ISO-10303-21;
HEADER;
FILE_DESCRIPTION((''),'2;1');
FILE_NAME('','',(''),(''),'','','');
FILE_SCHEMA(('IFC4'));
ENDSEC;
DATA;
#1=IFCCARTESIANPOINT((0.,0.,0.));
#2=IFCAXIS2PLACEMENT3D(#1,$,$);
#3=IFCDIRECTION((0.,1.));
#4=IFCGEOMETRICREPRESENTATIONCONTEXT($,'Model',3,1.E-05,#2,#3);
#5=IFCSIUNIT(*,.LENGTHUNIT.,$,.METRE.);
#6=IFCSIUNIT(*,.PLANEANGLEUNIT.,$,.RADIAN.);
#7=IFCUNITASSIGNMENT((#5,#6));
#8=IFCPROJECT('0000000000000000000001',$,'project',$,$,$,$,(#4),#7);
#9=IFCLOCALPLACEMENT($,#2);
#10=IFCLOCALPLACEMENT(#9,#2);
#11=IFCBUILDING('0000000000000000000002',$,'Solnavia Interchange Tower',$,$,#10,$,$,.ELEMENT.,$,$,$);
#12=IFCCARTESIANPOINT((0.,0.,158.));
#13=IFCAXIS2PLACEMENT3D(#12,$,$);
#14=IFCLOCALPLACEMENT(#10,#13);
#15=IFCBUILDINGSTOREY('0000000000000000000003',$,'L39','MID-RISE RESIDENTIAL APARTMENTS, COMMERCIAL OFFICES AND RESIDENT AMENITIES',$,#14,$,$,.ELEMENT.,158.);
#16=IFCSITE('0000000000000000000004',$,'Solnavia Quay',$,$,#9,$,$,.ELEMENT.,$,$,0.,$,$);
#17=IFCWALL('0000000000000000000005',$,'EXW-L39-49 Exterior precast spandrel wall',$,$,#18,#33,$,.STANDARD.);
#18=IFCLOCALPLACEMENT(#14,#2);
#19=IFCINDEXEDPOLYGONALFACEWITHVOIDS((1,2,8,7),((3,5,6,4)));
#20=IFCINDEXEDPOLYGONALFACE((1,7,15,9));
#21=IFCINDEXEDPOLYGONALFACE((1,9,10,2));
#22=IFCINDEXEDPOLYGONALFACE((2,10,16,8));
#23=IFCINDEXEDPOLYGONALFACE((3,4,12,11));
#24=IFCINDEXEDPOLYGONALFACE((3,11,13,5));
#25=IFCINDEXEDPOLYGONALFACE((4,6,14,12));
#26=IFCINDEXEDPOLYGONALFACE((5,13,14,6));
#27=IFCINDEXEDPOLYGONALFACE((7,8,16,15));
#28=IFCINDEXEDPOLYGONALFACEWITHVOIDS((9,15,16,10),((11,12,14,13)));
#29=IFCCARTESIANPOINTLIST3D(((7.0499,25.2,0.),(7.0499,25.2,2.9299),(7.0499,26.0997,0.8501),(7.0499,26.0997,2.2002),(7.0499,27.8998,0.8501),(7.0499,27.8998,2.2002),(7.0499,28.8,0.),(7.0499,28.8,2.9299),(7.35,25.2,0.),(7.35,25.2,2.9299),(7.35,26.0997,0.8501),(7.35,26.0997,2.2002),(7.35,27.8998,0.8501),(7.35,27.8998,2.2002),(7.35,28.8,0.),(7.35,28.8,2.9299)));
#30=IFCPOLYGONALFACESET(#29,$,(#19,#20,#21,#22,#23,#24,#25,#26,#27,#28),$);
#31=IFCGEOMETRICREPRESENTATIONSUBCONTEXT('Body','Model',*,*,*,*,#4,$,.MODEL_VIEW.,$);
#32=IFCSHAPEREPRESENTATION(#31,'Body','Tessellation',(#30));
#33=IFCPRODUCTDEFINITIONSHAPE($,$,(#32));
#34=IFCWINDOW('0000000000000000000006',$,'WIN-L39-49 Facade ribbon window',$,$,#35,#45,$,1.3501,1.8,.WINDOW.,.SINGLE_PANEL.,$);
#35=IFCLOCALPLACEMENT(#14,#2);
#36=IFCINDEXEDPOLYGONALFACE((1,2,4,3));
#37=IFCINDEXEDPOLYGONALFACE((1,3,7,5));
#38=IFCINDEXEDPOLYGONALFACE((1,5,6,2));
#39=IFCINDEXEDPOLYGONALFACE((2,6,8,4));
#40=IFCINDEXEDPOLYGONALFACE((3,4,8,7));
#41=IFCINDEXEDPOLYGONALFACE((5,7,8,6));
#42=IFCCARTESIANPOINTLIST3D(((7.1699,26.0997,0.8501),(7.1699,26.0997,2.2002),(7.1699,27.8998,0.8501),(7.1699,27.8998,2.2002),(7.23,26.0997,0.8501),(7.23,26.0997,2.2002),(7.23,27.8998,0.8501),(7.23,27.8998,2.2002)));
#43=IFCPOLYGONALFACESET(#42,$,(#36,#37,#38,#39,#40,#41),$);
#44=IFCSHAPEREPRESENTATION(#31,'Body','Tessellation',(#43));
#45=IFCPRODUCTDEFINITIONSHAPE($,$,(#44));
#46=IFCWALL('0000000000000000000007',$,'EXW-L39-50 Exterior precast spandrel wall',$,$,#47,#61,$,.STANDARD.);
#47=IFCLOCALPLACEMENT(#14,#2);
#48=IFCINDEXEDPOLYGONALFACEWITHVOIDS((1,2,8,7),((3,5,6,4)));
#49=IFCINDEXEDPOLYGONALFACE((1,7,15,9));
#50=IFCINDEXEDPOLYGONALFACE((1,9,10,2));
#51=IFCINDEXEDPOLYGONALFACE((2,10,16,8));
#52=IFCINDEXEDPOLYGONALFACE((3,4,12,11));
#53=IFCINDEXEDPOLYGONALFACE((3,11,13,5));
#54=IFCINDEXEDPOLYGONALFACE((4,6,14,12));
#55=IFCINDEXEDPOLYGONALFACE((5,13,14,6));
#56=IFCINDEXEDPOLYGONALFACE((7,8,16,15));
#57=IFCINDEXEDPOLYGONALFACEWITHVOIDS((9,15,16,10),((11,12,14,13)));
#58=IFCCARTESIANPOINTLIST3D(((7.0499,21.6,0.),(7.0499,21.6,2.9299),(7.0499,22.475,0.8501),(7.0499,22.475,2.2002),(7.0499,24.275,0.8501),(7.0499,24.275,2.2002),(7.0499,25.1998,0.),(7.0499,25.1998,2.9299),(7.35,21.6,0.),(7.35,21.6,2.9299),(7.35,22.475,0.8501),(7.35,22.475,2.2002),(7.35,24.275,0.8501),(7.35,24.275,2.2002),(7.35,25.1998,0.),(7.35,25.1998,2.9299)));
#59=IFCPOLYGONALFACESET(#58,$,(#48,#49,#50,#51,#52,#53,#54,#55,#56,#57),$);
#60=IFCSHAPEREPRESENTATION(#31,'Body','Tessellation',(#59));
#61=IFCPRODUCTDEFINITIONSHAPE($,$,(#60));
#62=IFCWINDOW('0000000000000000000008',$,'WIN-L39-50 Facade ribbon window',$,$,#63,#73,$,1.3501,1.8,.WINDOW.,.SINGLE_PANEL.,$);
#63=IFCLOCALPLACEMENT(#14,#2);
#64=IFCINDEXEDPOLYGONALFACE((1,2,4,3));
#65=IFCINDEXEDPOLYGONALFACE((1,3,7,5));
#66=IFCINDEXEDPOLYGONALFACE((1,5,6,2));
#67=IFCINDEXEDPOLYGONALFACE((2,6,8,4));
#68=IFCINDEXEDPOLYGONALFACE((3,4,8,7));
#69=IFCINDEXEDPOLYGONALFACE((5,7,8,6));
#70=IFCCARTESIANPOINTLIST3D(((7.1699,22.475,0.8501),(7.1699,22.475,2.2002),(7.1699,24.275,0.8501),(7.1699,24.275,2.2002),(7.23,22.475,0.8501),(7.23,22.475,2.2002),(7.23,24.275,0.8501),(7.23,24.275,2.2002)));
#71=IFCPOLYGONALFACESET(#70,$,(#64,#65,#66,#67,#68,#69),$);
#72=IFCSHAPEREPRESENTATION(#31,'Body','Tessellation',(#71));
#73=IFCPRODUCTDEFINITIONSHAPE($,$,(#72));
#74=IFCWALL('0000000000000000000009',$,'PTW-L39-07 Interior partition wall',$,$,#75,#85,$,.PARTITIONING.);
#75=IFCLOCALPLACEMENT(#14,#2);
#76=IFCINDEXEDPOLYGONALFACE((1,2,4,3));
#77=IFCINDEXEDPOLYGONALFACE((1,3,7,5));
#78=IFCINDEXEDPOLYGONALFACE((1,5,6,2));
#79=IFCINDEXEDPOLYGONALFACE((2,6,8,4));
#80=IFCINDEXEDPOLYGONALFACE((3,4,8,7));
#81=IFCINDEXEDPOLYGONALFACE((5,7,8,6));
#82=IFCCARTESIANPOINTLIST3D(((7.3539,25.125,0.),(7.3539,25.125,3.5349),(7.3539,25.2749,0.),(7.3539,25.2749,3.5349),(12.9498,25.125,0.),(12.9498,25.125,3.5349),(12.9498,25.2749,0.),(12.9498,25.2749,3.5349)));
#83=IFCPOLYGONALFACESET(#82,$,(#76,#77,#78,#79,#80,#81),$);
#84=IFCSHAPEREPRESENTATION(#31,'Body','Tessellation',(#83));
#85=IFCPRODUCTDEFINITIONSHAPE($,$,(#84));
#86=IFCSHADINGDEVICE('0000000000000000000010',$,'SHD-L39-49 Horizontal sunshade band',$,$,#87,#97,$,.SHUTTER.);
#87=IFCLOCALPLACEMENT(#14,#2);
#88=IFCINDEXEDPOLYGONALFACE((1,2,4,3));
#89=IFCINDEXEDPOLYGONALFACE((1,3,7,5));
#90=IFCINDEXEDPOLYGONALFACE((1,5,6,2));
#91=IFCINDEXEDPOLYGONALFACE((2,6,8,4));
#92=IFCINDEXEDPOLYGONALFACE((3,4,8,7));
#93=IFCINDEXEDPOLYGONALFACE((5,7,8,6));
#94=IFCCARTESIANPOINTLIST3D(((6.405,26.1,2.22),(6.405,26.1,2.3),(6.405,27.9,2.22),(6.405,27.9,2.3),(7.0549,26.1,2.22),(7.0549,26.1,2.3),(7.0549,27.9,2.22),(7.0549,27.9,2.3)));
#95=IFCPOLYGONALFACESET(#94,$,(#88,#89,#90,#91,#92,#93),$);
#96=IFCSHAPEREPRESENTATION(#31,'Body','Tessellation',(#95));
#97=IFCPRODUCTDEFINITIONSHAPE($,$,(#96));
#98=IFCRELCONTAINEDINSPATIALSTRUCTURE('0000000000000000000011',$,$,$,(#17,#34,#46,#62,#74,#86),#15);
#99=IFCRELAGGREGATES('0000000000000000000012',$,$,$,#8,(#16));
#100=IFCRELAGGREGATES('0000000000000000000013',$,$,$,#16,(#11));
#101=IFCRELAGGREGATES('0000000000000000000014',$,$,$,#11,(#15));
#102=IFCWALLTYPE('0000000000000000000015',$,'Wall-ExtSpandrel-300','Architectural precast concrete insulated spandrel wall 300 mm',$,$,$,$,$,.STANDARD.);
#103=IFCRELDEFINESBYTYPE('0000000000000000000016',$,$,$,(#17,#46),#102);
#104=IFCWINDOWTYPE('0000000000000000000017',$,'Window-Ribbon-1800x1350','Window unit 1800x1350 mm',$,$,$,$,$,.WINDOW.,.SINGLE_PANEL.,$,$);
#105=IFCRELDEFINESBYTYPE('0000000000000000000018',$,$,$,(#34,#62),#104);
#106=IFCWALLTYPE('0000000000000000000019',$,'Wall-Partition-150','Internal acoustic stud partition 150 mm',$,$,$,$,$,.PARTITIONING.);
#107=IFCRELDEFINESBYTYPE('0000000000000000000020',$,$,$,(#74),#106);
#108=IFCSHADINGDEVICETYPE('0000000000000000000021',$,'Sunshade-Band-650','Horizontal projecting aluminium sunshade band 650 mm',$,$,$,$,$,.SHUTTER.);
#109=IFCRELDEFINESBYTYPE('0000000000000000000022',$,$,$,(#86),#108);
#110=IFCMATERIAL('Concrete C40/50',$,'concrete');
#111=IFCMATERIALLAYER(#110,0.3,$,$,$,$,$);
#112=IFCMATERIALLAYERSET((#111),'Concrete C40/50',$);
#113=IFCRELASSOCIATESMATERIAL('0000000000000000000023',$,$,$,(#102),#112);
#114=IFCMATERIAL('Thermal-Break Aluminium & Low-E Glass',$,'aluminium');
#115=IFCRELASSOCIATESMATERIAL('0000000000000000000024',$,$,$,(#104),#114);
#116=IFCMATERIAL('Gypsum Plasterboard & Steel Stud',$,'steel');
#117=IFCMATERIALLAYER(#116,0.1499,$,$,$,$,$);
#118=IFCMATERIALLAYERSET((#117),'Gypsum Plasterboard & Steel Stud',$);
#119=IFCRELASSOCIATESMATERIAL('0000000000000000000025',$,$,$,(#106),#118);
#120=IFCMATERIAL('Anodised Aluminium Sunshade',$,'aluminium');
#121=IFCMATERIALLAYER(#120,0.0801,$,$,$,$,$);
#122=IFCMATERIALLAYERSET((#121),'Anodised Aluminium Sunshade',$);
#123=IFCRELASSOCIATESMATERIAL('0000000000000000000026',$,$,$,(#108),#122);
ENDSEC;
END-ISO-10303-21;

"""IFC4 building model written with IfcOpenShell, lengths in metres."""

from ifc_helpers import new_model, si_unit, direction, frame, frame_2d, origin, origin_2d, place, context, subcontext, project, spatial, rectangle, extrude, material, layer, layer_set, type_object, element, fill, save


model = new_model("IFC4")

# Units and contexts
model_context = context("Model", 3, precision=1e-05, world=origin(), true_north=direction((0.0, 1.0)))
body_context = subcontext(model_context, "Body", "Model", "MODEL_VIEW")
ifc_project = project(units=[si_unit("LENGTHUNIT", "METRE"), si_unit("PLANEANGLEUNIT", "RADIAN")], contexts=[model_context])

# Site, building, storey
site_placement = place(None, origin())
site = spatial("IfcSite", under=ifc_project, at=site_placement, Name="Solnavia Quay", CompositionType="ELEMENT", RefElevation=0.0)
building_placement = place(site_placement, origin())
building = spatial("IfcBuilding", under=site, at=building_placement, Name="Solnavia Interchange Tower", CompositionType="ELEMENT")
storey_placement = place(building_placement, frame((0.0, 0.0, 158.0)))
storey = spatial("IfcBuildingStorey", under=building, at=storey_placement, Name="L39", Description="MID-RISE RESIDENTIAL APARTMENTS, COMMERCIAL OFFICES AND RESIDENT AMENITIES", CompositionType="ELEMENT", Elevation=158.0)

# Shared definitions
ifc_material_1 = material(Name="Concrete C40/50", Category="concrete")
ifc_layer_1 = layer(ifc_material_1, 0.3)
ifc_layer_set_1 = layer_set([ifc_layer_1], Name="Concrete C40/50")
wall_type_1 = type_object("IfcWallType", Name="Wall-ExtSpandrel-300", Description="Architectural precast concrete insulated spandrel wall 300 mm", PredefinedType="STANDARD", material=ifc_layer_set_1)

# Walls, openings, windows
wall_1_placement = place(storey_placement, frame((7.2, 25.2, 0.0), z_axis=(0.0, 0.0, 1.0), x_axis=(0.0, 1.0, 0.0)))
wall_1 = element("IfcWall", 1, at=wall_1_placement, inside=storey, type_object=wall_type_1, Name="EXW-L39-49 Exterior precast spandrel wall", PredefinedType="STANDARD", context=body_context, shape_type="SweptSolid", body=[
    extrude(rectangle(XDim=3.6001, YDim=0.3, at=frame_2d((1.8, 0.0))), origin(), (0.0, 0.0, 1.0), 2.9299),
])
opening_1_placement = place(wall_1_placement, frame((0.8999, 0.0, 0.8501)))
opening_1 = element("IfcOpeningElement", 2, at=opening_1_placement, cuts=wall_1, PredefinedType="OPENING", context=body_context, shape_type="SweptSolid", body=[
    extrude(rectangle(XDim=1.8, YDim=1.3501, at=frame_2d((0.8999, 0.675))), frame((0.0, 0.1602, 0.0), z_axis=(0.0, -1.0, 0.0), x_axis=(1.0, 0.0, 0.0)), (0.0, 0.0, 1.0), 0.3201),
])
ifc_material_2 = material(Name="Thermal-Break Aluminium & Low-E Glass", Category="aluminium")
window_type = type_object("IfcWindowType", Name="Window-Ribbon-1800x1350", Description="Window unit 1800x1350 mm", PartitioningType="SINGLE_PANEL", PredefinedType="WINDOW", material=ifc_material_2)
window_1_placement = place(opening_1_placement, origin())
window_1 = element("IfcWindow", 3, at=window_1_placement, inside=storey, type_object=window_type, Name="WIN-L39-49 Facade ribbon window", OverallHeight=1.3501, OverallWidth=1.8, PartitioningType="SINGLE_PANEL", PredefinedType="WINDOW", context=body_context, shape_type="SweptSolid", body=[
    extrude(rectangle(XDim=1.8, YDim=1.3501, at=frame_2d((0.8999, 0.675))), frame((0.0, 0.03, 0.0), z_axis=(0.0, -1.0, 0.0), x_axis=(1.0, 0.0, 0.0)), (0.0, 0.0, 1.0), 0.0601),
])
fill(opening_1, window_1)
wall_2_placement = place(storey_placement, frame((7.2, 21.6001, 0.0), z_axis=(0.0, 0.0, 1.0), x_axis=(0.0, 1.0, 0.0)))
wall_2 = element("IfcWall", 4, at=wall_2_placement, inside=storey, type_object=wall_type_1, Name="EXW-L39-50 Exterior precast spandrel wall", PredefinedType="STANDARD", context=body_context, shape_type="SweptSolid", body=[
    extrude(rectangle(XDim=3.5999, YDim=0.3, at=frame_2d((1.7998, 0.0))), origin(), (0.0, 0.0, 1.0), 2.9299),
])
opening_2_placement = place(wall_2_placement, frame((0.875, 0.0, 0.8501)))
opening_2 = element("IfcOpeningElement", 5, at=opening_2_placement, cuts=wall_2, PredefinedType="OPENING", context=body_context, shape_type="SweptSolid", body=[
    extrude(rectangle(XDim=1.8, YDim=1.3501, at=frame_2d((0.8999, 0.675))), frame((0.0, 0.1602, 0.0), z_axis=(0.0, -1.0, 0.0), x_axis=(1.0, 0.0, 0.0)), (0.0, 0.0, 1.0), 0.3201),
])
window_2_placement = place(opening_2_placement, origin())
window_2 = element("IfcWindow", 6, at=window_2_placement, inside=storey, type_object=window_type, Name="WIN-L39-50 Facade ribbon window", OverallHeight=1.3501, OverallWidth=1.8, PartitioningType="SINGLE_PANEL", PredefinedType="WINDOW", context=body_context, shape_type="SweptSolid", body=[
    extrude(rectangle(XDim=1.8, YDim=1.3501, at=frame_2d((0.8999, 0.675))), frame((0.0, 0.03, 0.0), z_axis=(0.0, -1.0, 0.0), x_axis=(1.0, 0.0, 0.0)), (0.0, 0.0, 1.0), 0.0601),
])
fill(opening_2, window_2)

# Wall
ifc_material_3 = material(Name="Gypsum Plasterboard & Steel Stud", Category="steel")
ifc_layer_2 = layer(ifc_material_3, 0.1499)
ifc_layer_set_2 = layer_set([ifc_layer_2], Name="Gypsum Plasterboard & Steel Stud")
wall_type_2 = type_object("IfcWallType", Name="Wall-Partition-150", Description="Internal acoustic stud partition 150 mm", PredefinedType="PARTITIONING", material=ifc_layer_set_2)
wall_3_placement = place(storey_placement, frame((7.354, 25.2, 0.0), z_axis=(0.0, 0.0, 1.0), x_axis=(1.0, 0.0, 0.0)))
element("IfcWall", 7, at=wall_3_placement, inside=storey, type_object=wall_type_2, Name="PTW-L39-07 Interior partition wall", PredefinedType="PARTITIONING", context=body_context, shape_type="SweptSolid", body=[
    extrude(rectangle(XDim=5.5959, YDim=0.1499, at=frame_2d((2.7979, 0.0))), origin(), (0.0, 0.0, 1.0), 3.5349),
])

# Shading device
ifc_material_4 = material(Name="Anodised Aluminium Sunshade", Category="aluminium")
ifc_layer_3 = layer(ifc_material_4, 0.0801)
ifc_layer_set_3 = layer_set([ifc_layer_3], Name="Anodised Aluminium Sunshade")
shading_device_type = type_object("IfcShadingDeviceType", Name="Sunshade-Band-650", Description="Horizontal projecting aluminium sunshade band 650 mm", PredefinedType="SHUTTER", material=ifc_layer_set_3)
shading_device_placement = place(storey_placement, frame((6.73, 27.0, 2.22), z_axis=(0.0, 0.0, 1.0), x_axis=(0.0, 1.0, 0.0)))
element("IfcShadingDevice", 8, at=shading_device_placement, inside=storey, type_object=shading_device_type, Name="SHD-L39-49 Horizontal sunshade band", PredefinedType="SHUTTER", context=body_context, shape_type="SweptSolid", body=[
    extrude(rectangle(XDim=1.8, YDim=0.6499, at=origin_2d()), origin(), (0.0, 0.0, 1.0), 0.0801),
])

save(model, "model.ifc")
